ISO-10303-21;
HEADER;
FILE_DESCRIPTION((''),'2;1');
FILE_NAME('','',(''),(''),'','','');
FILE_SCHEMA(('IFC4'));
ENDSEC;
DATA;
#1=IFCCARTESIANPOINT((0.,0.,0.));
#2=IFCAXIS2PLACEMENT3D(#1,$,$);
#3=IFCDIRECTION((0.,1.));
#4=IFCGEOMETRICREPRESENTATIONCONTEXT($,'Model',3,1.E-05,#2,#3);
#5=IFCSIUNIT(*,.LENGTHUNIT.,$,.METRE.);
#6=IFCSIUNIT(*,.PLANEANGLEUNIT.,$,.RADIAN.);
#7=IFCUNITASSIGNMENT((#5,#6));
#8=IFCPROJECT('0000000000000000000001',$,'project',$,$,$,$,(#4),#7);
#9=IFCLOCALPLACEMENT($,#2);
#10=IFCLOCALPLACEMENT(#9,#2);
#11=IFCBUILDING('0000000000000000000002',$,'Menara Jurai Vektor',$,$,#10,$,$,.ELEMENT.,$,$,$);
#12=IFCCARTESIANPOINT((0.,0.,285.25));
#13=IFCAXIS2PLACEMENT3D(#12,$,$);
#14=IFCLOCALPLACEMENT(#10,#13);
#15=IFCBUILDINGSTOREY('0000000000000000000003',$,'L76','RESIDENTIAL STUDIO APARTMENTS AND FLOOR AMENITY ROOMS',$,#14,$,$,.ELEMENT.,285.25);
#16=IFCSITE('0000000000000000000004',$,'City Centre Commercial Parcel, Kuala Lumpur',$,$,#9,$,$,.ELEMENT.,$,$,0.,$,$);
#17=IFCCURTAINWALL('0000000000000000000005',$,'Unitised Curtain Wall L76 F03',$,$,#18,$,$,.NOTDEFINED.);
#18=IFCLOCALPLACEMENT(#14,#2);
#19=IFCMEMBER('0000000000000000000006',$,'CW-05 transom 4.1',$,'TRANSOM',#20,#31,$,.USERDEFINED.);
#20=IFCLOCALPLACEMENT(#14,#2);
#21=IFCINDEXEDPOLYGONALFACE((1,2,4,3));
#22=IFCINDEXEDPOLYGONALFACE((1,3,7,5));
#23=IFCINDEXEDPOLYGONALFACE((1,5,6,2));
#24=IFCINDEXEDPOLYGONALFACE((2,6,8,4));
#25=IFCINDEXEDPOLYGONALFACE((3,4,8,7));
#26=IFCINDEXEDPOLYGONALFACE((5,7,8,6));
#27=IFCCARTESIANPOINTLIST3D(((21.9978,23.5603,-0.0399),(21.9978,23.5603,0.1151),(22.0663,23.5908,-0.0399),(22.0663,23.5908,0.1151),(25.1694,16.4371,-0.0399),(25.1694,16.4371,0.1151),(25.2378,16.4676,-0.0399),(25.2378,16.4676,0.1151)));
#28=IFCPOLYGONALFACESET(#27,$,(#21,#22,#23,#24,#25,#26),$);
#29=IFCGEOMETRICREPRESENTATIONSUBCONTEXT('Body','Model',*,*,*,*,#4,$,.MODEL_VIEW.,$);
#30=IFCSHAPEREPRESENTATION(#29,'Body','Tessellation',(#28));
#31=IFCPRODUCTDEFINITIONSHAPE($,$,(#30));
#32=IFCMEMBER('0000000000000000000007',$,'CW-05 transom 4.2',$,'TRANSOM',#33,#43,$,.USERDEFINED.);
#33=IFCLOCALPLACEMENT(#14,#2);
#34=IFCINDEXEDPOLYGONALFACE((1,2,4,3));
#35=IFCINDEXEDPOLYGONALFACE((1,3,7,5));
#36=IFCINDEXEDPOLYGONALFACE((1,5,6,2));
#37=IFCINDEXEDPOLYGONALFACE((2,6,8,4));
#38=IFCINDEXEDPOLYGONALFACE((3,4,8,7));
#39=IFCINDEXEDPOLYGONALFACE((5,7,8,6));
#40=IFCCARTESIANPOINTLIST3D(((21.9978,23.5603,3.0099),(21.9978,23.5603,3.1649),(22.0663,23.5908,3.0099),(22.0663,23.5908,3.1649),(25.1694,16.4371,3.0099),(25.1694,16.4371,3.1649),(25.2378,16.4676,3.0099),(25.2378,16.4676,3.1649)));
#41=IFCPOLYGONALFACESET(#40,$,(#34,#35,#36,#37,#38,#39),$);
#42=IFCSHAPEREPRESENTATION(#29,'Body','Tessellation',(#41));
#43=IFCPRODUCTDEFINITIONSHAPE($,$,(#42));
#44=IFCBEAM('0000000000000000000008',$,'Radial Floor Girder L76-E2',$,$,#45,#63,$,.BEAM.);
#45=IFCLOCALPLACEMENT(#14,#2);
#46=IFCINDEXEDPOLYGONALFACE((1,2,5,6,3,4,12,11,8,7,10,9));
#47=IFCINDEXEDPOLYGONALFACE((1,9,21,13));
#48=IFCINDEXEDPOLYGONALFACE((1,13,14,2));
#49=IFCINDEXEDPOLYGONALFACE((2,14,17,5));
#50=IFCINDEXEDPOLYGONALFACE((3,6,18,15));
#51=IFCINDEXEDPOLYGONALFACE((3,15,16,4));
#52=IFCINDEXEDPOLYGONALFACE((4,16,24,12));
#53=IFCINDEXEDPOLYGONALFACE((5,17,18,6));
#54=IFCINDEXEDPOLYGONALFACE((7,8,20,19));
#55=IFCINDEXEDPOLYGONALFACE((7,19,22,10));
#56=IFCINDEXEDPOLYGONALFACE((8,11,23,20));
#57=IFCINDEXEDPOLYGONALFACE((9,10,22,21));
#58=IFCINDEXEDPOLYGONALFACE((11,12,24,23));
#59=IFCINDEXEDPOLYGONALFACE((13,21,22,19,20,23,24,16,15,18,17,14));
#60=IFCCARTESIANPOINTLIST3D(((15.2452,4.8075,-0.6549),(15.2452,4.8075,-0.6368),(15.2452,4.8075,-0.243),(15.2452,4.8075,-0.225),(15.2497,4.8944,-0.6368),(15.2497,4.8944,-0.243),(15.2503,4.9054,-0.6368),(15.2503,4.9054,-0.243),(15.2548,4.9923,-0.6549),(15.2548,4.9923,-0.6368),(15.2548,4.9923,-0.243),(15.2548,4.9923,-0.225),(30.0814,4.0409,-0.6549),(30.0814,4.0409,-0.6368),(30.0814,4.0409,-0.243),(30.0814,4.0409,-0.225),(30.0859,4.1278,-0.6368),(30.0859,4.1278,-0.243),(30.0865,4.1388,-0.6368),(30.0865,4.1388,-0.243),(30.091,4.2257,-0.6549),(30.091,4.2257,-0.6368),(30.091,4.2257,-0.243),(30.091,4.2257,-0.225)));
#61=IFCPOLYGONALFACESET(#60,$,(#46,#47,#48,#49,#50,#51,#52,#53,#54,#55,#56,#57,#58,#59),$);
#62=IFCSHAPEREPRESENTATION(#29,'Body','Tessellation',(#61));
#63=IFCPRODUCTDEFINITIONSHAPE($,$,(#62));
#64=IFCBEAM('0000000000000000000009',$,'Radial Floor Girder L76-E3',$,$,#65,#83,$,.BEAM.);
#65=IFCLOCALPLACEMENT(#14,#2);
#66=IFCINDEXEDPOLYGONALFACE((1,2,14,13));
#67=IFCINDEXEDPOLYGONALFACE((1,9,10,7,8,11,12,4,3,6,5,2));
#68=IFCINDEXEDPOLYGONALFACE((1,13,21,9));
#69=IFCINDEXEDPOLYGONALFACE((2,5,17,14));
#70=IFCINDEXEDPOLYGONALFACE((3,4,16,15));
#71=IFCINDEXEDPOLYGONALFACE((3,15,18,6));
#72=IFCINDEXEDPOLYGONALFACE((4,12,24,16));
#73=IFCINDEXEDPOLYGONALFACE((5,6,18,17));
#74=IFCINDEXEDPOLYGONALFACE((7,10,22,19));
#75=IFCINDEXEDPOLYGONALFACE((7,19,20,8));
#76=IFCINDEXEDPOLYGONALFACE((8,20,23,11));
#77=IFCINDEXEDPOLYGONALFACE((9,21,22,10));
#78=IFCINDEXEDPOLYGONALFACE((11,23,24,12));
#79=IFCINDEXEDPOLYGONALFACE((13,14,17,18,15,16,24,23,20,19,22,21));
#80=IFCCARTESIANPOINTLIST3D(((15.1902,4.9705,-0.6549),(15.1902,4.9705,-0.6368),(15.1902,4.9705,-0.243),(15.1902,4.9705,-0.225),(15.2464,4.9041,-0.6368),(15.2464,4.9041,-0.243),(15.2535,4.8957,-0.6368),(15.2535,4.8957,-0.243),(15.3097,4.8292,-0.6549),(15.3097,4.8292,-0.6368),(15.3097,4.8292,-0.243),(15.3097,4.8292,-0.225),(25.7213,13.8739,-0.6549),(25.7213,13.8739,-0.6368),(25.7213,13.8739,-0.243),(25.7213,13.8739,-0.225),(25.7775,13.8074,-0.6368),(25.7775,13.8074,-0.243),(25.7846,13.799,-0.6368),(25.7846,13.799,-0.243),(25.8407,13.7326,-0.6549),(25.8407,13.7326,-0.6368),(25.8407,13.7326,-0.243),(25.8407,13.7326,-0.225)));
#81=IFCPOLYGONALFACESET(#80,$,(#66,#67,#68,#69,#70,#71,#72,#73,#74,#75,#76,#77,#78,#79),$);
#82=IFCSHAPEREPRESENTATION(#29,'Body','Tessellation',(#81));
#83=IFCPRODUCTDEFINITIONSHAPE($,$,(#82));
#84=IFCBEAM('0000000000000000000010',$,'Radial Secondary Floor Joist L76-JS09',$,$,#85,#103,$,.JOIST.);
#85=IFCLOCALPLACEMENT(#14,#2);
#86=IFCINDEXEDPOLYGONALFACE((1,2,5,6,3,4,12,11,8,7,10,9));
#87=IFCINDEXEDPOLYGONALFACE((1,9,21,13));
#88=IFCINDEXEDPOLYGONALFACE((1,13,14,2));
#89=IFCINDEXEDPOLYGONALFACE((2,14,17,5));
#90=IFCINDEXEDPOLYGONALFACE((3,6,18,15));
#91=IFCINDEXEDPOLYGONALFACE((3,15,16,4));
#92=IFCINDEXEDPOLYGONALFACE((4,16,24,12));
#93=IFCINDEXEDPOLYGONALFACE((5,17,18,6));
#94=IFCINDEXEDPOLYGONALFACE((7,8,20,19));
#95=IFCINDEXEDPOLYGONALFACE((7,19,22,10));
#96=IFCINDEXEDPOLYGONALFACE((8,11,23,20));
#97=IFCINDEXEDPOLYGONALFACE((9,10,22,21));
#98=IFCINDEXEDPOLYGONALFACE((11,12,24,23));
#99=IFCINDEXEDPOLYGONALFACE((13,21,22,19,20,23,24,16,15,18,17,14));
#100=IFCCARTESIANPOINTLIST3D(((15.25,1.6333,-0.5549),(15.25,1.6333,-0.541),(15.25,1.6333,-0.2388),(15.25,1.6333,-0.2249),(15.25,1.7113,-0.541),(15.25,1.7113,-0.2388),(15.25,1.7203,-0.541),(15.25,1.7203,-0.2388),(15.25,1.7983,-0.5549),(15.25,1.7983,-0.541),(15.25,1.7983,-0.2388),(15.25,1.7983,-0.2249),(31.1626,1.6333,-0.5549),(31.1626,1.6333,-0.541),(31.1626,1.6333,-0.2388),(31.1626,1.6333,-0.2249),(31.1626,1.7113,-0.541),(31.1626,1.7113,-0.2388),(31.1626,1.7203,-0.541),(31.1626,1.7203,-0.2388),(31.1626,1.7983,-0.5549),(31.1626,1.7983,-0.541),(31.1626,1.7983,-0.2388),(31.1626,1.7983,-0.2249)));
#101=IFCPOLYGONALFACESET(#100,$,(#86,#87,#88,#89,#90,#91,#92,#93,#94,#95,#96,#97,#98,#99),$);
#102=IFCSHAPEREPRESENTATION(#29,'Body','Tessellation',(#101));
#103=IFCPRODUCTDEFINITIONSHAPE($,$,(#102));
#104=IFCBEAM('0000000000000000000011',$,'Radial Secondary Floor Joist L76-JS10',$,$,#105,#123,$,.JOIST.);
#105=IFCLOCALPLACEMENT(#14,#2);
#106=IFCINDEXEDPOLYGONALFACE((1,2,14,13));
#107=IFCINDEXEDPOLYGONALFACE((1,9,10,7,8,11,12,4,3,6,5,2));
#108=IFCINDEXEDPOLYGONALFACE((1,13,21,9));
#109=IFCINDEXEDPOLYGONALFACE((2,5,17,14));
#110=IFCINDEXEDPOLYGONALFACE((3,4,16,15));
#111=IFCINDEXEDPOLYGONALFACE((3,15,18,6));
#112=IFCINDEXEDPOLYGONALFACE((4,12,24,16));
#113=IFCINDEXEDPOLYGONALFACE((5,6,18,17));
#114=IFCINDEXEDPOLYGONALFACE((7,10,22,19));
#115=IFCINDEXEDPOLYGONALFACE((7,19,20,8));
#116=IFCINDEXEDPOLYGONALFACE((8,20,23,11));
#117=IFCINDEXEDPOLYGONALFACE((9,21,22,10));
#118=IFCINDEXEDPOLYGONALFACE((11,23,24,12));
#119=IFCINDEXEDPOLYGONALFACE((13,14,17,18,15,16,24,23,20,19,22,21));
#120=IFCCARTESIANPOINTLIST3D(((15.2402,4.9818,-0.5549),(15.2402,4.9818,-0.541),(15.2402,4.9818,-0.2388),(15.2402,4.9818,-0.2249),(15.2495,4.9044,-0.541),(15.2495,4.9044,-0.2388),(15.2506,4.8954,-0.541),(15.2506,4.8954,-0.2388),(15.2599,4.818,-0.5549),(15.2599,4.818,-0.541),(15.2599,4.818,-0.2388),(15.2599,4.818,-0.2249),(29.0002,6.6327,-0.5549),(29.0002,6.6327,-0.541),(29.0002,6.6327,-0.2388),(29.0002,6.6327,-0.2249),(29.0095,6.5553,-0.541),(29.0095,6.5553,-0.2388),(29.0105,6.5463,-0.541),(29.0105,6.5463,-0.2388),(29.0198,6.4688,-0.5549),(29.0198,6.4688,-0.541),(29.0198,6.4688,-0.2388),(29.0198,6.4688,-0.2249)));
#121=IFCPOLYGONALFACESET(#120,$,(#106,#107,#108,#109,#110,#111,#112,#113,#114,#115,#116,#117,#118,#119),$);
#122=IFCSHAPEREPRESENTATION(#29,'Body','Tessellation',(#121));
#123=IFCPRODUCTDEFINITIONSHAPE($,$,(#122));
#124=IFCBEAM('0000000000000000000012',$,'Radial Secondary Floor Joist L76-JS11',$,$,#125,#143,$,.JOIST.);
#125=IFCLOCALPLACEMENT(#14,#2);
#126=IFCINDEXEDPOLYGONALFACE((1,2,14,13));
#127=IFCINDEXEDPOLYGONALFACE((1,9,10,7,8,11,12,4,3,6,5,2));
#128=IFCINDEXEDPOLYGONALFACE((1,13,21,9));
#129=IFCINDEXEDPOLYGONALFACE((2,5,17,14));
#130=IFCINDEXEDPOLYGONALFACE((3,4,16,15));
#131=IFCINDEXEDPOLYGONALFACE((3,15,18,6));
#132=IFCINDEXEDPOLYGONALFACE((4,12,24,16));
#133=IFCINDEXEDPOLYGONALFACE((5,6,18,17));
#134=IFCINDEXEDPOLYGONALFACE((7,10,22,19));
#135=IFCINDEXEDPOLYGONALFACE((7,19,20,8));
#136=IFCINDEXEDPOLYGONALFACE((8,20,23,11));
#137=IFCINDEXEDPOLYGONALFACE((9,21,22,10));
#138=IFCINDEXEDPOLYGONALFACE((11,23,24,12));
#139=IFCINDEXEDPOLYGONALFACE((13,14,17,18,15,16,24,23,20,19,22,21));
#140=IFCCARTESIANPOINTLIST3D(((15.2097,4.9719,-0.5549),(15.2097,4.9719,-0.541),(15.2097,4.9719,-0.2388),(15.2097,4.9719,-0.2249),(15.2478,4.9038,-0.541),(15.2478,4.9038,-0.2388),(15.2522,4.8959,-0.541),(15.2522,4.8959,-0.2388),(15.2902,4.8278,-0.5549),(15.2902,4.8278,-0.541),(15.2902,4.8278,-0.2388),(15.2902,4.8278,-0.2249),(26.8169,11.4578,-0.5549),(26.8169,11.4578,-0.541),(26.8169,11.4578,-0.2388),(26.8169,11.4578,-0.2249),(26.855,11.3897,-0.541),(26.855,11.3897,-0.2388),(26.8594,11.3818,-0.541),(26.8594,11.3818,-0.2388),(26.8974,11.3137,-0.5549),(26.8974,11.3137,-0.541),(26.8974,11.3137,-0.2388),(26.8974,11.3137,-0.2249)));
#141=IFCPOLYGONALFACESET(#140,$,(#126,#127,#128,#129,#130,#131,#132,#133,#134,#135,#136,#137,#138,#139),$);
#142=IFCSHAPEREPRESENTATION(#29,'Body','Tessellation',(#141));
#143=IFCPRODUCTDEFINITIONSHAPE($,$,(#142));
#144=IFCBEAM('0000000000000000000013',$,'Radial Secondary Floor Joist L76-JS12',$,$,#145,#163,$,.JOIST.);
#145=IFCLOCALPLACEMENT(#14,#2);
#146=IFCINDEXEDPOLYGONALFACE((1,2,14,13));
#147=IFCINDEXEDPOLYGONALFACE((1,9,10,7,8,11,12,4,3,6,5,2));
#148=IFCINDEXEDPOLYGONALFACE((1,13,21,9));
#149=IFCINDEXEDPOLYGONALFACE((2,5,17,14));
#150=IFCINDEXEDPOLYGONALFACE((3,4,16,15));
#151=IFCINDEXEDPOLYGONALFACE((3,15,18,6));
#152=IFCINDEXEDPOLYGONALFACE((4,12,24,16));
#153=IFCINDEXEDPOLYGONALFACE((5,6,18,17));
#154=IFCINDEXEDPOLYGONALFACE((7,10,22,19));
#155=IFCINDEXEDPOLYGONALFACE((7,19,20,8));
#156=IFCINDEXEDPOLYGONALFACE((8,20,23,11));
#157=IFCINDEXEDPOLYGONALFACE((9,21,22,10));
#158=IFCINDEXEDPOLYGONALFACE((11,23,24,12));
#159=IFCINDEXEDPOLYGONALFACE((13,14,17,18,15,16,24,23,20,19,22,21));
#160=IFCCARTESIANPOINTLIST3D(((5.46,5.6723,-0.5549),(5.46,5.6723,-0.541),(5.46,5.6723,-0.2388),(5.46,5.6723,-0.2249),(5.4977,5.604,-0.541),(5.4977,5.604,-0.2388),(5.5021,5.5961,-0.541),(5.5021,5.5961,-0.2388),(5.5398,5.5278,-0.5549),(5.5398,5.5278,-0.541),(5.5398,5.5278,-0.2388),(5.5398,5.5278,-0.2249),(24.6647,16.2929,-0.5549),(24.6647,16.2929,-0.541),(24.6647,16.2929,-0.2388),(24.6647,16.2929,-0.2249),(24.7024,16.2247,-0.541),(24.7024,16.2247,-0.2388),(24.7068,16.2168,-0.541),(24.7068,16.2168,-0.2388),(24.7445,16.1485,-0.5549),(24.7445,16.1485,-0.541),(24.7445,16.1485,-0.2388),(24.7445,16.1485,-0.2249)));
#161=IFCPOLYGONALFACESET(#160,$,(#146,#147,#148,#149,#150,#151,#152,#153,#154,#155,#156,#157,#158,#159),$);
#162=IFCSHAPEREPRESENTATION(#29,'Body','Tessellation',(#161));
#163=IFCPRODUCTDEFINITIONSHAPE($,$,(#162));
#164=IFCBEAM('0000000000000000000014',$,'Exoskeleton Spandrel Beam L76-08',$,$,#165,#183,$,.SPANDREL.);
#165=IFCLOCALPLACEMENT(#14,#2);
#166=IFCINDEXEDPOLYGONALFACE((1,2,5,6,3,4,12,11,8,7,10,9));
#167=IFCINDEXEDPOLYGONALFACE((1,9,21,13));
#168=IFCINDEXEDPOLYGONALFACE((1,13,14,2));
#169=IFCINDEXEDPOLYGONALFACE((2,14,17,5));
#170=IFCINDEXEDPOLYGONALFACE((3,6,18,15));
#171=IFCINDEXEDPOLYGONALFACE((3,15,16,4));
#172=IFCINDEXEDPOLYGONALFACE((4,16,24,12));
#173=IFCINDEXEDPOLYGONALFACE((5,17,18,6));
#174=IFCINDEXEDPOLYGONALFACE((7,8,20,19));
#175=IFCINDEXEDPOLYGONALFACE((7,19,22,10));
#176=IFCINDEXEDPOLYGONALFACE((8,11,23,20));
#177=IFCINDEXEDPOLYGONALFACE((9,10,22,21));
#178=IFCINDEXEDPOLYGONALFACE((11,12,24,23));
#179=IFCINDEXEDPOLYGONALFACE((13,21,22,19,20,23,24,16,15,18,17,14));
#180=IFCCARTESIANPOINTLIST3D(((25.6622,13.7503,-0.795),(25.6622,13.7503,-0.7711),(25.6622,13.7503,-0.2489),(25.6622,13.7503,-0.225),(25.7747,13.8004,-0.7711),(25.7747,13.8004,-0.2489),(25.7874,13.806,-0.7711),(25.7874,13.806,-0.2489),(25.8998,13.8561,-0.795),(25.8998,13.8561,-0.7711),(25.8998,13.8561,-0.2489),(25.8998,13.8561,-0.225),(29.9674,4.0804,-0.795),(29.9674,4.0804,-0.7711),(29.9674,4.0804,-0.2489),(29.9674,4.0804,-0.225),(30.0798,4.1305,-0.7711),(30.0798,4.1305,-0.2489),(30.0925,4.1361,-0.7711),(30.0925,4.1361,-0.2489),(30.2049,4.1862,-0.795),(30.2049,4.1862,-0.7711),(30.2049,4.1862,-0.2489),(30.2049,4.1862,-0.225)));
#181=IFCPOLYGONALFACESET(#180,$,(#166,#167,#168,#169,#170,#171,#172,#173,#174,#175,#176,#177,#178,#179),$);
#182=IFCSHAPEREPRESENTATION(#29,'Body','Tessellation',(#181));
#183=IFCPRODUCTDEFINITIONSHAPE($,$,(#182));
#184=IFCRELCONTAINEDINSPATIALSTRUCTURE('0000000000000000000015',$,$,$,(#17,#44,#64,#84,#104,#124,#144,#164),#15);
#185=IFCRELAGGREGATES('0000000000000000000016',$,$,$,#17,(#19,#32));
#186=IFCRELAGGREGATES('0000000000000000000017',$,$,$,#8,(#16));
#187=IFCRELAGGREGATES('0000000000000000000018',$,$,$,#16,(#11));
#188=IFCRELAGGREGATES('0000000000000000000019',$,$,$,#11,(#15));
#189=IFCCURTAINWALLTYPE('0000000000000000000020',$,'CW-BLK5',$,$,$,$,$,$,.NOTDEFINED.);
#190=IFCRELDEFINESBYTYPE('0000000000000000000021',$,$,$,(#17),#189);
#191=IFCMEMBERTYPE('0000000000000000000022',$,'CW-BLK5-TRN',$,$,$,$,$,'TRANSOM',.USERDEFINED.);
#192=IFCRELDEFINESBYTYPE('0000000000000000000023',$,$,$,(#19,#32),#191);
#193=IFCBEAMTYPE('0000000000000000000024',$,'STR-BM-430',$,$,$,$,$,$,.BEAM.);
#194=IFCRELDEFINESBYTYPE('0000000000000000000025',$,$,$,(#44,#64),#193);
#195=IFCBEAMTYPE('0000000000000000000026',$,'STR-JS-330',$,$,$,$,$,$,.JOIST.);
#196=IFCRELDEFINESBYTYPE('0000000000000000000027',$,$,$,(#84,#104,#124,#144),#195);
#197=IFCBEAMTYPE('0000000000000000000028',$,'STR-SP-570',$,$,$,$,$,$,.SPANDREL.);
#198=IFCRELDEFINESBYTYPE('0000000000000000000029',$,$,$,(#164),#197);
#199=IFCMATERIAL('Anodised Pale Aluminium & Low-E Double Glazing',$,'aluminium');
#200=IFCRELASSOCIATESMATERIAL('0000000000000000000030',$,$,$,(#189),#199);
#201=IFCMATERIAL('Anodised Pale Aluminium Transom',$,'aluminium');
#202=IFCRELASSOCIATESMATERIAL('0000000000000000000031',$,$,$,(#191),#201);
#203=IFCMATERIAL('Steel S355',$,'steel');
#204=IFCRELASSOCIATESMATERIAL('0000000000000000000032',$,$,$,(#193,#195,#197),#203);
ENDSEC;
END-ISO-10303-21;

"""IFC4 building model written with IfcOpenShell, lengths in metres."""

from ifc_helpers import new_model, si_unit, direction, frame, origin, origin_2d, place, context, subcontext, project, spatial, rectangle, i_section, extrude, material, material_profile, profile_set, type_object, element, aggregate, save


model = new_model("IFC4")

# Units and contexts
model_context = context("Model", 3, precision=1e-05, world=origin(), true_north=direction((0.0, 1.0)))
body_context = subcontext(model_context, "Body", "Model", "MODEL_VIEW")
ifc_project = project(units=[si_unit("LENGTHUNIT", "METRE"), si_unit("PLANEANGLEUNIT", "RADIAN")], contexts=[model_context])

# Site, building, storey
site_placement = place(None, origin())
site = spatial("IfcSite", under=ifc_project, at=site_placement, Name="City Centre Commercial Parcel, Kuala Lumpur", CompositionType="ELEMENT", RefElevation=0.0)
building_placement = place(site_placement, origin())
building = spatial("IfcBuilding", under=site, at=building_placement, Name="Menara Jurai Vektor", CompositionType="ELEMENT")
storey_placement = place(building_placement, frame((0.0, 0.0, 285.25)))
storey = spatial("IfcBuildingStorey", under=building, at=storey_placement, Name="L76", Description="RESIDENTIAL STUDIO APARTMENTS AND FLOOR AMENITY ROOMS", CompositionType="ELEMENT", Elevation=285.25)

# Curtain wall, members
ifc_material_1 = material(Name="Anodised Pale Aluminium & Low-E Double Glazing", Category="aluminium")
curtain_wall_type = type_object("IfcCurtainWallType", Name="CW-BLK5", PredefinedType="NOTDEFINED", material=ifc_material_1)
curtain_wall_placement = place(storey_placement, origin())
curtain_wall = element("IfcCurtainWall", 1, at=curtain_wall_placement, inside=storey, type_object=curtain_wall_type, Name="Unitised Curtain Wall L76 F03", PredefinedType="NOTDEFINED")
ifc_material_2 = material(Name="Anodised Pale Aluminium Transom", Category="aluminium")
ifc_material_profile_1 = material_profile(ifc_material_2, rectangle(XDim=0.075, YDim=0.155, at=origin_2d()), Name="ALU TRN 75x155")
ifc_profile_set_1 = profile_set([ifc_material_profile_1], Name="Anodised Pale Aluminium Transom")
member_type_1 = type_object("IfcMemberType", Name="CW-BLK5-TRN", ElementType="TRANSOM", PredefinedType="USERDEFINED", material=ifc_profile_set_1)
member_1_placement = place(storey_placement, frame((25.2036, 16.4524, 0.0376), z_axis=(-0.406751, 0.913539, 0.0), x_axis=(-0.913539, -0.406751, 0.0)))
member_1 = element("IfcMember", 2, at=member_1_placement, type_object=member_type_1, Name="CW-05 transom 4.1", ObjectType="TRANSOM", PredefinedType="USERDEFINED", context=body_context, shape_type="SweptSolid", body=[
    extrude(rectangle(XDim=0.075, YDim=0.155, at=origin_2d()), origin(), (0.0, 0.0, 1.0), 7.7974),
])
member_2_placement = place(storey_placement, frame((25.2036, 16.4524, 3.0874), z_axis=(-0.406751, 0.913539, 0.0), x_axis=(-0.913539, -0.406751, 0.0)))
member_2 = element("IfcMember", 3, at=member_2_placement, type_object=member_type_1, Name="CW-05 transom 4.2", ObjectType="TRANSOM", PredefinedType="USERDEFINED", context=body_context, shape_type="SweptSolid", body=[
    extrude(rectangle(XDim=0.075, YDim=0.155, at=origin_2d()), origin(), (0.0, 0.0, 1.0), 7.7974),
])

# Beams
ifc_material_3 = material(Name="Steel S355", Category="steel")
ifc_material_profile_2 = material_profile(ifc_material_3, i_section(OverallWidth=0.1851, OverallDepth=0.4299, WebThickness=0.011, FlangeThickness=0.0181, at=origin_2d()), Name="PG 430x185x76")
ifc_profile_set_2 = profile_set([ifc_material_profile_2], Name="Steel S355")
beam_type_1 = type_object("IfcBeamType", Name="STR-BM-430", PredefinedType="BEAM", material=ifc_profile_set_2)
beam_1_placement = place(storey_placement, frame((30.0862, 4.1333, -0.4399), z_axis=(-0.998668, 0.051602, 0.0), x_axis=(-0.051602, -0.998668, 0.0)))
element("IfcBeam", 4, at=beam_1_placement, inside=storey, type_object=beam_type_1, Name="Radial Floor Girder L76-E2", PredefinedType="BEAM", context=body_context, shape_type="SweptSolid", body=[
    extrude(i_section(OverallWidth=0.1851, OverallDepth=0.4299, WebThickness=0.011, FlangeThickness=0.0181, at=origin_2d()), origin(), (0.0, 0.0, 1.0), 14.856),
])
beam_2_placement = place(storey_placement, frame((25.781, 13.8032, -0.4399), z_axis=(-0.763656, -0.645624, 0.0), x_axis=(0.645624, -0.763656, 0.0)))
element("IfcBeam", 5, at=beam_2_placement, inside=storey, type_object=beam_type_1, Name="Radial Floor Girder L76-E3", PredefinedType="BEAM", context=body_context, shape_type="SweptSolid", body=[
    extrude(i_section(OverallWidth=0.1851, OverallDepth=0.4299, WebThickness=0.011, FlangeThickness=0.0181, at=origin_2d()), origin(), (0.0, 0.0, 1.0), 13.7903),
])
ifc_material_profile_3 = material_profile(ifc_material_3, i_section(OverallWidth=0.165, OverallDepth=0.3301, WebThickness=0.009, FlangeThickness=0.0139, at=origin_2d()), Name="PG 330x165x46")
ifc_profile_set_3 = profile_set([ifc_material_profile_3], Name="Steel S355")
beam_type_2 = type_object("IfcBeamType", Name="STR-JS-330", PredefinedType="JOIST", material=ifc_profile_set_3)
beam_3_placement = place(storey_placement, frame((31.1626, 1.7158, -0.3899), z_axis=(-1.0, 0.0, 0.0), x_axis=(0.0, -1.0, 0.0)))
element("IfcBeam", 6, at=beam_3_placement, inside=storey, type_object=beam_type_2, Name="Radial Secondary Floor Joist L76-JS09", PredefinedType="JOIST", context=body_context, shape_type="SweptSolid", body=[
    extrude(i_section(OverallWidth=0.165, OverallDepth=0.3301, WebThickness=0.009, FlangeThickness=0.0139, at=origin_2d()), origin(), (0.0, 0.0, 1.0), 15.9126),
])
beam_4_placement = place(storey_placement, frame((29.01, 6.5508, -0.3899), z_axis=(-0.99288, -0.119122, 0.0), x_axis=(0.119122, -0.99288, 0.0)))
element("IfcBeam", 7, at=beam_4_placement, inside=storey, type_object=beam_type_2, Name="Radial Secondary Floor Joist L76-JS10", PredefinedType="JOIST", context=body_context, shape_type="SweptSolid", body=[
    extrude(i_section(OverallWidth=0.165, OverallDepth=0.3301, WebThickness=0.009, FlangeThickness=0.0139, at=origin_2d()), origin(), (0.0, 0.0, 1.0), 13.8586),
])
beam_5_placement = place(storey_placement, frame((26.8572, 11.3857, -0.3899), z_axis=(-0.87296, -0.487791, 0.0), x_axis=(0.487791, -0.87296, 0.0)))
element("IfcBeam", 8, at=beam_5_placement, inside=storey, type_object=beam_type_2, Name="Radial Secondary Floor Joist L76-JS11", PredefinedType="JOIST", context=body_context, shape_type="SweptSolid", body=[
    extrude(i_section(OverallWidth=0.165, OverallDepth=0.3301, WebThickness=0.009, FlangeThickness=0.0139, at=origin_2d()), origin(), (0.0, 0.0, 1.0), 13.2964),
])
beam_6_placement = place(storey_placement, frame((24.7046, 16.2207, -0.3899), z_axis=(-0.875096, -0.483949, 0.0), x_axis=(0.483949, -0.875096, 0.0)))
element("IfcBeam", 9, at=beam_6_placement, inside=storey, type_object=beam_type_2, Name="Radial Secondary Floor Joist L76-JS12", PredefinedType="JOIST", context=body_context, shape_type="SweptSolid", body=[
    extrude(i_section(OverallWidth=0.165, OverallDepth=0.3301, WebThickness=0.009, FlangeThickness=0.0139, at=origin_2d()), origin(), (0.0, 0.0, 1.0), 21.9458),
])
ifc_material_profile_4 = material_profile(ifc_material_3, i_section(OverallWidth=0.26, OverallDepth=0.5701, WebThickness=0.0139, FlangeThickness=0.0239, at=origin_2d()), Name="PG 570x260x145")
ifc_profile_set_4 = profile_set([ifc_material_profile_4], Name="Steel S355")
beam_type_3 = type_object("IfcBeamType", Name="STR-SP-570", PredefinedType="SPANDREL", material=ifc_profile_set_4)
beam_7_placement = place(storey_placement, frame((30.0862, 4.1333, -0.51), z_axis=(-0.406725, 0.913551, 0.0), x_axis=(-0.913551, -0.406725, 0.0)))
element("IfcBeam", 10, at=beam_7_placement, inside=storey, type_object=beam_type_3, Name="Exoskeleton Spandrel Beam L76-08", PredefinedType="SPANDREL", context=body_context, shape_type="SweptSolid", body=[
    extrude(i_section(OverallWidth=0.26, OverallDepth=0.5701, WebThickness=0.0139, FlangeThickness=0.0239, at=origin_2d()), origin(), (0.0, 0.0, 1.0), 10.585),
])

aggregate(curtain_wall, [member_1, member_2])

save(model, "model.ifc")
